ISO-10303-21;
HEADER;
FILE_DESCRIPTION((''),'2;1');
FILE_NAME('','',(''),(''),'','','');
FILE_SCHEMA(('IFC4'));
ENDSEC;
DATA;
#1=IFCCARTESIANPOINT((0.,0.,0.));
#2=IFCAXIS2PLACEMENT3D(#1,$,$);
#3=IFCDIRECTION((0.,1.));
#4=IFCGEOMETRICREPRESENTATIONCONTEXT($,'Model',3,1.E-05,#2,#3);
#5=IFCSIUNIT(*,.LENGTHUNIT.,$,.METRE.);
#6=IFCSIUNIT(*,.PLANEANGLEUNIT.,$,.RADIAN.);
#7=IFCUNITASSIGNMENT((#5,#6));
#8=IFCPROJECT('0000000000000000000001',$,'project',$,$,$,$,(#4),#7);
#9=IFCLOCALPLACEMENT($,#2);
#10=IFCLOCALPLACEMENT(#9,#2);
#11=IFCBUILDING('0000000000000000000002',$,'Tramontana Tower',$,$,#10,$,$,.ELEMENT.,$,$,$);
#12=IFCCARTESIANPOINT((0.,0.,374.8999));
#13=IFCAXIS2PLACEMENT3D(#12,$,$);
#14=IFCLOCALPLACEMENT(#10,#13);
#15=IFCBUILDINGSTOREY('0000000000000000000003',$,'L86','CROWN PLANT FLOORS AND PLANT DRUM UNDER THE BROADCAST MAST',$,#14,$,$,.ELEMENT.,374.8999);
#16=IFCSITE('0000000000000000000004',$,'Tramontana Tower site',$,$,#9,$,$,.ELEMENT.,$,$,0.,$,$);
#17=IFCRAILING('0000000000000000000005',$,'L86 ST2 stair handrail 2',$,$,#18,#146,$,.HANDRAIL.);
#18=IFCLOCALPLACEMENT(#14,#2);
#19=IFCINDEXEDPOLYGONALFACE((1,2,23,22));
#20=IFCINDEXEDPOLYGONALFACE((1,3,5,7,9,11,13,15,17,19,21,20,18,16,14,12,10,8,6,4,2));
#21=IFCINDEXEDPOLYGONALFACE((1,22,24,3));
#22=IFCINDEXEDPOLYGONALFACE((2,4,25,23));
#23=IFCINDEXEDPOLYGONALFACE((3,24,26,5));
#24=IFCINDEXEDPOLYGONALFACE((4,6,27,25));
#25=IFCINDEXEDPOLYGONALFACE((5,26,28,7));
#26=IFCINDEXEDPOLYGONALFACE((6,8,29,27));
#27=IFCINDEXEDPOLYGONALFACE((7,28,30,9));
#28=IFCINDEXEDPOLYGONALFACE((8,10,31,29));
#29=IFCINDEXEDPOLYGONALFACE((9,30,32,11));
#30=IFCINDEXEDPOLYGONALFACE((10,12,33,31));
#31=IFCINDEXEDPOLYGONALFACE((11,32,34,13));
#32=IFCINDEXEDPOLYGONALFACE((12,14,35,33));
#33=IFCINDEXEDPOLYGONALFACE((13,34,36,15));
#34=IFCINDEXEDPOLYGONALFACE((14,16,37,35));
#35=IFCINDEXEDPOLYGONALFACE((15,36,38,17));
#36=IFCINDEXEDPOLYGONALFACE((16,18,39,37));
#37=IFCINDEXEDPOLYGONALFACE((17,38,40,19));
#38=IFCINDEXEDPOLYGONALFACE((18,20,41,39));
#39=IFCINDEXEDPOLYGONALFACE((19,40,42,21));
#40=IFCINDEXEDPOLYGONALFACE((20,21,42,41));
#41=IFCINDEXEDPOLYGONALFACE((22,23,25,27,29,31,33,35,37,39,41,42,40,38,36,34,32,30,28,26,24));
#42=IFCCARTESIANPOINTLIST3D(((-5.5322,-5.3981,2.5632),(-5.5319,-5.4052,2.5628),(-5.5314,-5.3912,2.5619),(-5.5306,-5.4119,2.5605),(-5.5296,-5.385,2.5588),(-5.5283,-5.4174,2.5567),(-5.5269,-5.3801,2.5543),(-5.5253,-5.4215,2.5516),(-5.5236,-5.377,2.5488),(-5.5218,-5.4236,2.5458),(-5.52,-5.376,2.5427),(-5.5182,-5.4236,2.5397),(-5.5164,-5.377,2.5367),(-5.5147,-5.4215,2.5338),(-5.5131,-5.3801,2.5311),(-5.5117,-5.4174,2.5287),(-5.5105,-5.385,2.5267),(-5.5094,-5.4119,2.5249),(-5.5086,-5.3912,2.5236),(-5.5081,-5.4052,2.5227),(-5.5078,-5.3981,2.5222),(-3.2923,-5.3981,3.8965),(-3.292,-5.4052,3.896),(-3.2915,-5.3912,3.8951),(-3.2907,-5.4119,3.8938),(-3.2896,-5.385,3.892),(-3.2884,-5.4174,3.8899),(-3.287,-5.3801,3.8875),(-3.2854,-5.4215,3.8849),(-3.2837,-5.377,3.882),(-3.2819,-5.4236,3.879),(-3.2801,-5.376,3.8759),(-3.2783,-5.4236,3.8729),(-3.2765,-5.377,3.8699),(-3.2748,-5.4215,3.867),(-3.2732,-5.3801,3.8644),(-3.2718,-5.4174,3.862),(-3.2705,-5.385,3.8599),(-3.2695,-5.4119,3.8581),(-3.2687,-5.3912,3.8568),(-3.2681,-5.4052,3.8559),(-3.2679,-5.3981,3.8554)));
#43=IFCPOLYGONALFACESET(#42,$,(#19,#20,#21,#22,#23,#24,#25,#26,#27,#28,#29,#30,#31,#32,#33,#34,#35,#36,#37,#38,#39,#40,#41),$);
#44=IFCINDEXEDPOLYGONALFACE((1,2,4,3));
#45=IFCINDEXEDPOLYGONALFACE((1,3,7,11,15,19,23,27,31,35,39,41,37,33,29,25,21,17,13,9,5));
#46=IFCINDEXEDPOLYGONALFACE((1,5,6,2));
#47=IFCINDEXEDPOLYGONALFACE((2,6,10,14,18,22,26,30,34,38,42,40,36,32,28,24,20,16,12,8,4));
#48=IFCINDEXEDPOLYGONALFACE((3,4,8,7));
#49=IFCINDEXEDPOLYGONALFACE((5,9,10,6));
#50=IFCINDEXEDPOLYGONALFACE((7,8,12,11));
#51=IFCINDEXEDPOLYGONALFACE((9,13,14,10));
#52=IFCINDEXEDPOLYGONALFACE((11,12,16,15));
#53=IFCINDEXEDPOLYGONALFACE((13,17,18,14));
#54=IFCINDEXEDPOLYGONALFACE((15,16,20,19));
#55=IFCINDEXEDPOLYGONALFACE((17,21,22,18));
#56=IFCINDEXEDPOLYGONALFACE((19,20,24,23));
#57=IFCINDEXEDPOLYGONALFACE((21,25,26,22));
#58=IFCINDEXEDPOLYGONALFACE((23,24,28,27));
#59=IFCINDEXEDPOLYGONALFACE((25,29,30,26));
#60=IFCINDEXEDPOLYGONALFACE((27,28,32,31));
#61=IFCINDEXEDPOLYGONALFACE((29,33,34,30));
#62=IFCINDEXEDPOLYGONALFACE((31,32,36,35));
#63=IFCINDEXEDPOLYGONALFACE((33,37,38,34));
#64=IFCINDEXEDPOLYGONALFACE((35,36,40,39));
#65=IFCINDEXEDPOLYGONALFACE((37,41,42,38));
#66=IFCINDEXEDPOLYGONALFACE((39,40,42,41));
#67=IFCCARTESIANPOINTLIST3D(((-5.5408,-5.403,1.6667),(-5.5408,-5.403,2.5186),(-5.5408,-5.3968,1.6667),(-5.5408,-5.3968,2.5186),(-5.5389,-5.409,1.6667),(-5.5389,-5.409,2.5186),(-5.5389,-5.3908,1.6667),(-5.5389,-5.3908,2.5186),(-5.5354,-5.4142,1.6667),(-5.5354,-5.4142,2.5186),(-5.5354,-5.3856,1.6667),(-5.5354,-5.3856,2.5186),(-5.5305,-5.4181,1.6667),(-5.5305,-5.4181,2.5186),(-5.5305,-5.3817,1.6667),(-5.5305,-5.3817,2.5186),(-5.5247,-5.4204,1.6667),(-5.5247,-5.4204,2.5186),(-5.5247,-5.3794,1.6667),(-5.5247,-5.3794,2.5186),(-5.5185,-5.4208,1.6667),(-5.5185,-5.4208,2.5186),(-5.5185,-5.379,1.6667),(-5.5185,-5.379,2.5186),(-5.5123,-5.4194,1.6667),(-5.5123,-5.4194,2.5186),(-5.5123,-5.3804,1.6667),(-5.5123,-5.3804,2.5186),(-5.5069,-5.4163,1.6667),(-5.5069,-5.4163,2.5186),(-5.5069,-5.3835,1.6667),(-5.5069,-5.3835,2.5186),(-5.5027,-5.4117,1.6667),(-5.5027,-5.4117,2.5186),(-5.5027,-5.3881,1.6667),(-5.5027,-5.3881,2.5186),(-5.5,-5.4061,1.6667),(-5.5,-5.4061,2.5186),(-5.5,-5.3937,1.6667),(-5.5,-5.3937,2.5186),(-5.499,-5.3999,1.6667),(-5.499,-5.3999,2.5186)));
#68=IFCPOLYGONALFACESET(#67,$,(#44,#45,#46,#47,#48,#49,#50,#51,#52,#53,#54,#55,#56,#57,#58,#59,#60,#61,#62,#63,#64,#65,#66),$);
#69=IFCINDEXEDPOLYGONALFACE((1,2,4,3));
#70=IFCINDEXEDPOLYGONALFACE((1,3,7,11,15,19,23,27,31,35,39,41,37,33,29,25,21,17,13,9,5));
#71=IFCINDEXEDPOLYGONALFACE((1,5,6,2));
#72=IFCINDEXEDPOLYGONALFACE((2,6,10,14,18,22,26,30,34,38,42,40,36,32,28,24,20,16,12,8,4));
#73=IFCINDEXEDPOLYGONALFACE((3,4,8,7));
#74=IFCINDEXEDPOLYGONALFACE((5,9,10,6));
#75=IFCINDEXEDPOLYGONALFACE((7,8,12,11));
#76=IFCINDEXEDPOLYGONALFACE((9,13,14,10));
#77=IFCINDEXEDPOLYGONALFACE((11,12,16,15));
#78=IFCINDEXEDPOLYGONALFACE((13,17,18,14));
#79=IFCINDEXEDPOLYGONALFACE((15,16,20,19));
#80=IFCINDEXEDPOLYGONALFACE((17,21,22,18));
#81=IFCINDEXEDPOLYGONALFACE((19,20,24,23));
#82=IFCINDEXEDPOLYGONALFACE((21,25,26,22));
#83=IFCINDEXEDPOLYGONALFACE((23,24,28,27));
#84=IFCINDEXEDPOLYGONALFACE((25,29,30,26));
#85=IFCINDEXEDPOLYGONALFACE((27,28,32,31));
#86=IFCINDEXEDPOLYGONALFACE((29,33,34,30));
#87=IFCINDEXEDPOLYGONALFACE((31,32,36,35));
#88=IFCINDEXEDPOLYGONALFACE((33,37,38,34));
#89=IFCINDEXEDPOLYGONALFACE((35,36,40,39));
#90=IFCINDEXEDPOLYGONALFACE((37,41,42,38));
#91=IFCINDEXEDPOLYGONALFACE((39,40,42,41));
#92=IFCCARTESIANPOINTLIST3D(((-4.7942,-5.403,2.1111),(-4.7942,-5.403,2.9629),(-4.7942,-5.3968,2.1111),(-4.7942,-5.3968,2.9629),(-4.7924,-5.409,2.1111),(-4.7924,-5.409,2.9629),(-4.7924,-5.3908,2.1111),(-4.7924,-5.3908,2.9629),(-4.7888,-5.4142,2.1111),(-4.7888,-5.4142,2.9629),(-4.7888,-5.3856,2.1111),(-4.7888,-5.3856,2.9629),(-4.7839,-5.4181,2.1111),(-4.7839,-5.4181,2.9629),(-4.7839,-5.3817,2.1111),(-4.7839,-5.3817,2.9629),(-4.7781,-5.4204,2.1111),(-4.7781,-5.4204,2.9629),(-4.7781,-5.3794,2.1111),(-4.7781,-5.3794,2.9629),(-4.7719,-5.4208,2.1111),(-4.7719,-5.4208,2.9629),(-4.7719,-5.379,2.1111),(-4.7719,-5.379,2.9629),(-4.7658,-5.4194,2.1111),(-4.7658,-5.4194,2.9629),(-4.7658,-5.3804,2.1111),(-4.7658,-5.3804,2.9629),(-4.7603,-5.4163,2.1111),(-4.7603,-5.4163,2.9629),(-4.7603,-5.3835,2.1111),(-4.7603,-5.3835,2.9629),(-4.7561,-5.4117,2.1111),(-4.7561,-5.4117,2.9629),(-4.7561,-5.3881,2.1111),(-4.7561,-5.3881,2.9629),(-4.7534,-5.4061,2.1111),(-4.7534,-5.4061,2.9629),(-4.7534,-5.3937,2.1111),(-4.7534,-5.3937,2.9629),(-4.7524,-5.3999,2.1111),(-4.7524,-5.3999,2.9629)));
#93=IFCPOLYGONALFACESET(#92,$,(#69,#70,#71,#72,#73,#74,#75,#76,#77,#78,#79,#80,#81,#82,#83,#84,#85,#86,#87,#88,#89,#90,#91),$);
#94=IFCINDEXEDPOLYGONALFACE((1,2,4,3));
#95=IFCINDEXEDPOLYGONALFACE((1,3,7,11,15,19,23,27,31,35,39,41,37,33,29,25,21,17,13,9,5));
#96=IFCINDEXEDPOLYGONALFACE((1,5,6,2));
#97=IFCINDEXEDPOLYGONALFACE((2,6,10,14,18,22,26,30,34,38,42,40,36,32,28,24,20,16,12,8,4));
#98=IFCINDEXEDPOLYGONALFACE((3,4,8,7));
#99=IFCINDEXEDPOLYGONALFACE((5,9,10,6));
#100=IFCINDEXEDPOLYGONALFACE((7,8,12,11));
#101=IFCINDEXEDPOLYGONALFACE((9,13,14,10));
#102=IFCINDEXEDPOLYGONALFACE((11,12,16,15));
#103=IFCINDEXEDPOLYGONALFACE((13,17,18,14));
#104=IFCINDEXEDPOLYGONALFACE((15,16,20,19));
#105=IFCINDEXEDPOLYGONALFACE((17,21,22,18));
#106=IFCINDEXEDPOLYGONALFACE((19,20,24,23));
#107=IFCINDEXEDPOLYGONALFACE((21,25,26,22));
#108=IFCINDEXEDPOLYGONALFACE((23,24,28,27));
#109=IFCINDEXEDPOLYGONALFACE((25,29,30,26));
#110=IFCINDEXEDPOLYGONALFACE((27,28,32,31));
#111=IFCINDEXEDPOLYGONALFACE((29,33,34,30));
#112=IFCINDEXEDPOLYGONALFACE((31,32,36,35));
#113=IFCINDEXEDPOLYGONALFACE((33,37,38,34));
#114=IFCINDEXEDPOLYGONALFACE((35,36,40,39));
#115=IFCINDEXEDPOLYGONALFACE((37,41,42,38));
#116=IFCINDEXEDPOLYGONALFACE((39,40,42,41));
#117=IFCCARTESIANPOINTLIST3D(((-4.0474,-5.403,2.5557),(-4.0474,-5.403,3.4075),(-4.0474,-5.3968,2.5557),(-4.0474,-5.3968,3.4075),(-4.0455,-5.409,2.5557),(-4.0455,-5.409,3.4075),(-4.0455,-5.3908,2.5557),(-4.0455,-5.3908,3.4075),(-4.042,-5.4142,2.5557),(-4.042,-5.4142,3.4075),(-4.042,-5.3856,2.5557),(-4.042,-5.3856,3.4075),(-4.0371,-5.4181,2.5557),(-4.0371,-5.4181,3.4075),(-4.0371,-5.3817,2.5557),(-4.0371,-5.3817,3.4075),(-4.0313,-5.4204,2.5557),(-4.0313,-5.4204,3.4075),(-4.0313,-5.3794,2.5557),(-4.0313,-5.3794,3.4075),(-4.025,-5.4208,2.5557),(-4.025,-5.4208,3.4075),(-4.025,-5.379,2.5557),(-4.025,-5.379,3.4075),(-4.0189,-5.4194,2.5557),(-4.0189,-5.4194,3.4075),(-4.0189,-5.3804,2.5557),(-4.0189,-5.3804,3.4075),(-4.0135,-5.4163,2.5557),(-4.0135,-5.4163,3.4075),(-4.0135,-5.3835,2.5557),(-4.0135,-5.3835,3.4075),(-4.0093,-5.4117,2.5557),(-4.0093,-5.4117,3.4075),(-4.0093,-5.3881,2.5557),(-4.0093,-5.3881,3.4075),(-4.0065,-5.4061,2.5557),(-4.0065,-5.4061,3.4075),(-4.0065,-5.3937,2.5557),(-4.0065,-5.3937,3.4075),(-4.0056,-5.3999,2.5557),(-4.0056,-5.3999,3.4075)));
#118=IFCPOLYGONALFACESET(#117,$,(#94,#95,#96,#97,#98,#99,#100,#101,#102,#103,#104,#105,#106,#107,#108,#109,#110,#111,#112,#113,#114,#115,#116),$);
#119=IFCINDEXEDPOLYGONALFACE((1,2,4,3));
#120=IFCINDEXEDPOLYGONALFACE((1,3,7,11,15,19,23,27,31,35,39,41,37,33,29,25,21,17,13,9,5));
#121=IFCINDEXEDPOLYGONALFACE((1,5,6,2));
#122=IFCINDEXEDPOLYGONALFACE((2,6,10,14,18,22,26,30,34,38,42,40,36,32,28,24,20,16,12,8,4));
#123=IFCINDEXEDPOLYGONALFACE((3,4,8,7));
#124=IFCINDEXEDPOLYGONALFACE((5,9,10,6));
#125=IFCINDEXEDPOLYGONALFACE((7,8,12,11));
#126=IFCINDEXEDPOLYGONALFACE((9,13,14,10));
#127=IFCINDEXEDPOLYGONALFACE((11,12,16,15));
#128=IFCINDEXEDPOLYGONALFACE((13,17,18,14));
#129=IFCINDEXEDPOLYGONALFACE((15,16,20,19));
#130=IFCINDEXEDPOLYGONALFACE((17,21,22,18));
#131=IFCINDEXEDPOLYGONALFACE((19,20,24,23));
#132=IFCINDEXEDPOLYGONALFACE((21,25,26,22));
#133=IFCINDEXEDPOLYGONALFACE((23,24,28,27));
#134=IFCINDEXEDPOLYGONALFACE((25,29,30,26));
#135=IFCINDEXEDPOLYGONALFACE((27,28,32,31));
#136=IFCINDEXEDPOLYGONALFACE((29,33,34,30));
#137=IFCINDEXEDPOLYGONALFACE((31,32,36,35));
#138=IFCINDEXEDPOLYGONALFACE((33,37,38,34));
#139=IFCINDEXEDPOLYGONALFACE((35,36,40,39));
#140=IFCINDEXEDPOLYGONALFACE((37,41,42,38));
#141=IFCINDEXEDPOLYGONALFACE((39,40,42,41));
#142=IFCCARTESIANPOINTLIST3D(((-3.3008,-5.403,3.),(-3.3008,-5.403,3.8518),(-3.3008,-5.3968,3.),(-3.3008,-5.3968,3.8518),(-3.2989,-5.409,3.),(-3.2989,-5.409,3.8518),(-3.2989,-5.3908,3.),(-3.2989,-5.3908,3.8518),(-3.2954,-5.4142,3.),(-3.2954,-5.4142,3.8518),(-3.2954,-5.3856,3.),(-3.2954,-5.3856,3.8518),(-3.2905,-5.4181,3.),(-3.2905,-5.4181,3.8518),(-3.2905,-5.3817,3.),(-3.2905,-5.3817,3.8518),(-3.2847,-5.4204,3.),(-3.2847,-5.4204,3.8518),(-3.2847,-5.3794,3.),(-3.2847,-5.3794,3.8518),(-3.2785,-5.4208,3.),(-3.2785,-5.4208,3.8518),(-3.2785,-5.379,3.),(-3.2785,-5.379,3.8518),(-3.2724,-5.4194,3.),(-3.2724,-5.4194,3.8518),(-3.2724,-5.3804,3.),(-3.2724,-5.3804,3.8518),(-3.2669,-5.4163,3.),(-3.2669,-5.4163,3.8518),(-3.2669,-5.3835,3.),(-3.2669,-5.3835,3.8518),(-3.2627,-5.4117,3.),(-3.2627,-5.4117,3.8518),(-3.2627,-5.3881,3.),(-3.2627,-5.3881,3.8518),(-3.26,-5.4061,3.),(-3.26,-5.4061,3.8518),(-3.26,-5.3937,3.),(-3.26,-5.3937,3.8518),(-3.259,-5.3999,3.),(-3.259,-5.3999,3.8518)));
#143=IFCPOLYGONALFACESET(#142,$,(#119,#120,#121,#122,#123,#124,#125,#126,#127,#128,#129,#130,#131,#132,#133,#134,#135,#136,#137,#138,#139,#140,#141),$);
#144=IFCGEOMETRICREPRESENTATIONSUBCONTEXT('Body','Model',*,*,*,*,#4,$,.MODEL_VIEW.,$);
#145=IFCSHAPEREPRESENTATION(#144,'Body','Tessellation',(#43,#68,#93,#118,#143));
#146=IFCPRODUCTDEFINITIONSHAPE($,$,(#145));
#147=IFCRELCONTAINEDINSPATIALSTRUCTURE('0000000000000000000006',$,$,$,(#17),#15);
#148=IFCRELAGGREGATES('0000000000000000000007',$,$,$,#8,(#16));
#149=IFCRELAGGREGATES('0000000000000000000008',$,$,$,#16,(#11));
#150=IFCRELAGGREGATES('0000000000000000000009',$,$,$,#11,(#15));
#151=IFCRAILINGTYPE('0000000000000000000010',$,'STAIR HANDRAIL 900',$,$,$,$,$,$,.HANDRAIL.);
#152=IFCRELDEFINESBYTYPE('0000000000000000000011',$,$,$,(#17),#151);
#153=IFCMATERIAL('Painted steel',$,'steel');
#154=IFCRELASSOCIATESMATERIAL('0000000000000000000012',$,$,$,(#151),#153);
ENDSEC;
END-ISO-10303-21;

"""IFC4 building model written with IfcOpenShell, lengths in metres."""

from ifc_helpers import new_model, si_unit, direction, frame, origin, origin_2d, place, context, subcontext, project, spatial, circle, extrude, material, type_object, element, save


model = new_model("IFC4")

# Units and contexts
model_context = context("Model", 3, precision=1e-05, world=origin(), true_north=direction((0.0, 1.0)))
body_context = subcontext(model_context, "Body", "Model", "MODEL_VIEW")
ifc_project = project(units=[si_unit("LENGTHUNIT", "METRE"), si_unit("PLANEANGLEUNIT", "RADIAN")], contexts=[model_context])

# Site, building, storey
site_placement = place(None, origin())
site = spatial("IfcSite", under=ifc_project, at=site_placement, Name="Tramontana Tower site", CompositionType="ELEMENT", RefElevation=0.0)
building_placement = place(site_placement, origin())
building = spatial("IfcBuilding", under=site, at=building_placement, Name="Tramontana Tower", CompositionType="ELEMENT")
storey_placement = place(building_placement, frame((0.0, 0.0, 374.8999)))
storey = spatial("IfcBuildingStorey", under=building, at=storey_placement, Name="L86", Description="CROWN PLANT FLOORS AND PLANT DRUM UNDER THE BROADCAST MAST", CompositionType="ELEMENT", Elevation=374.8999)

# Railing
ifc_material_1 = material(Name="Painted steel", Category="steel")
railing_type_1 = type_object("IfcRailingType", Name="STAIR HANDRAIL 900", PredefinedType="HANDRAIL", material=ifc_material_1)
for number, where, name in (
    (1, (-5.52, -5.3999, 1.6667), "L86 ST2 stair handrail 2"),
):
    element("IfcRailing", number, at=place(storey_placement, frame(where)), inside=storey, type_object=railing_type_1, Name=name, PredefinedType="HANDRAIL", context=body_context, shape_type="SweptSolid", body=[
        extrude(circle(Radius=0.0239, at=origin_2d()), frame((0.0, 0.0, 0.876), z_axis=(0.859306, 0.0, 0.511462), x_axis=(0.0, 1.0, 0.0)), (0.0, 0.0, 1.0), 2.6067),
        extrude(circle(Radius=0.021, at=origin_2d()), origin(), (0.0, 0.0, 1.0), 0.8518),
        extrude(circle(Radius=0.021, at=origin_2d()), frame((0.7466, 0.0, 0.4443)), (0.0, 0.0, 1.0), 0.8518),
        extrude(circle(Radius=0.021, at=origin_2d()), frame((1.4934, 0.0, 0.8889)), (0.0, 0.0, 1.0), 0.8518),
        extrude(circle(Radius=0.021, at=origin_2d()), frame((2.24, 0.0, 1.3333)), (0.0, 0.0, 1.0), 0.8518),
    ])

save(model, "model.ifc")
